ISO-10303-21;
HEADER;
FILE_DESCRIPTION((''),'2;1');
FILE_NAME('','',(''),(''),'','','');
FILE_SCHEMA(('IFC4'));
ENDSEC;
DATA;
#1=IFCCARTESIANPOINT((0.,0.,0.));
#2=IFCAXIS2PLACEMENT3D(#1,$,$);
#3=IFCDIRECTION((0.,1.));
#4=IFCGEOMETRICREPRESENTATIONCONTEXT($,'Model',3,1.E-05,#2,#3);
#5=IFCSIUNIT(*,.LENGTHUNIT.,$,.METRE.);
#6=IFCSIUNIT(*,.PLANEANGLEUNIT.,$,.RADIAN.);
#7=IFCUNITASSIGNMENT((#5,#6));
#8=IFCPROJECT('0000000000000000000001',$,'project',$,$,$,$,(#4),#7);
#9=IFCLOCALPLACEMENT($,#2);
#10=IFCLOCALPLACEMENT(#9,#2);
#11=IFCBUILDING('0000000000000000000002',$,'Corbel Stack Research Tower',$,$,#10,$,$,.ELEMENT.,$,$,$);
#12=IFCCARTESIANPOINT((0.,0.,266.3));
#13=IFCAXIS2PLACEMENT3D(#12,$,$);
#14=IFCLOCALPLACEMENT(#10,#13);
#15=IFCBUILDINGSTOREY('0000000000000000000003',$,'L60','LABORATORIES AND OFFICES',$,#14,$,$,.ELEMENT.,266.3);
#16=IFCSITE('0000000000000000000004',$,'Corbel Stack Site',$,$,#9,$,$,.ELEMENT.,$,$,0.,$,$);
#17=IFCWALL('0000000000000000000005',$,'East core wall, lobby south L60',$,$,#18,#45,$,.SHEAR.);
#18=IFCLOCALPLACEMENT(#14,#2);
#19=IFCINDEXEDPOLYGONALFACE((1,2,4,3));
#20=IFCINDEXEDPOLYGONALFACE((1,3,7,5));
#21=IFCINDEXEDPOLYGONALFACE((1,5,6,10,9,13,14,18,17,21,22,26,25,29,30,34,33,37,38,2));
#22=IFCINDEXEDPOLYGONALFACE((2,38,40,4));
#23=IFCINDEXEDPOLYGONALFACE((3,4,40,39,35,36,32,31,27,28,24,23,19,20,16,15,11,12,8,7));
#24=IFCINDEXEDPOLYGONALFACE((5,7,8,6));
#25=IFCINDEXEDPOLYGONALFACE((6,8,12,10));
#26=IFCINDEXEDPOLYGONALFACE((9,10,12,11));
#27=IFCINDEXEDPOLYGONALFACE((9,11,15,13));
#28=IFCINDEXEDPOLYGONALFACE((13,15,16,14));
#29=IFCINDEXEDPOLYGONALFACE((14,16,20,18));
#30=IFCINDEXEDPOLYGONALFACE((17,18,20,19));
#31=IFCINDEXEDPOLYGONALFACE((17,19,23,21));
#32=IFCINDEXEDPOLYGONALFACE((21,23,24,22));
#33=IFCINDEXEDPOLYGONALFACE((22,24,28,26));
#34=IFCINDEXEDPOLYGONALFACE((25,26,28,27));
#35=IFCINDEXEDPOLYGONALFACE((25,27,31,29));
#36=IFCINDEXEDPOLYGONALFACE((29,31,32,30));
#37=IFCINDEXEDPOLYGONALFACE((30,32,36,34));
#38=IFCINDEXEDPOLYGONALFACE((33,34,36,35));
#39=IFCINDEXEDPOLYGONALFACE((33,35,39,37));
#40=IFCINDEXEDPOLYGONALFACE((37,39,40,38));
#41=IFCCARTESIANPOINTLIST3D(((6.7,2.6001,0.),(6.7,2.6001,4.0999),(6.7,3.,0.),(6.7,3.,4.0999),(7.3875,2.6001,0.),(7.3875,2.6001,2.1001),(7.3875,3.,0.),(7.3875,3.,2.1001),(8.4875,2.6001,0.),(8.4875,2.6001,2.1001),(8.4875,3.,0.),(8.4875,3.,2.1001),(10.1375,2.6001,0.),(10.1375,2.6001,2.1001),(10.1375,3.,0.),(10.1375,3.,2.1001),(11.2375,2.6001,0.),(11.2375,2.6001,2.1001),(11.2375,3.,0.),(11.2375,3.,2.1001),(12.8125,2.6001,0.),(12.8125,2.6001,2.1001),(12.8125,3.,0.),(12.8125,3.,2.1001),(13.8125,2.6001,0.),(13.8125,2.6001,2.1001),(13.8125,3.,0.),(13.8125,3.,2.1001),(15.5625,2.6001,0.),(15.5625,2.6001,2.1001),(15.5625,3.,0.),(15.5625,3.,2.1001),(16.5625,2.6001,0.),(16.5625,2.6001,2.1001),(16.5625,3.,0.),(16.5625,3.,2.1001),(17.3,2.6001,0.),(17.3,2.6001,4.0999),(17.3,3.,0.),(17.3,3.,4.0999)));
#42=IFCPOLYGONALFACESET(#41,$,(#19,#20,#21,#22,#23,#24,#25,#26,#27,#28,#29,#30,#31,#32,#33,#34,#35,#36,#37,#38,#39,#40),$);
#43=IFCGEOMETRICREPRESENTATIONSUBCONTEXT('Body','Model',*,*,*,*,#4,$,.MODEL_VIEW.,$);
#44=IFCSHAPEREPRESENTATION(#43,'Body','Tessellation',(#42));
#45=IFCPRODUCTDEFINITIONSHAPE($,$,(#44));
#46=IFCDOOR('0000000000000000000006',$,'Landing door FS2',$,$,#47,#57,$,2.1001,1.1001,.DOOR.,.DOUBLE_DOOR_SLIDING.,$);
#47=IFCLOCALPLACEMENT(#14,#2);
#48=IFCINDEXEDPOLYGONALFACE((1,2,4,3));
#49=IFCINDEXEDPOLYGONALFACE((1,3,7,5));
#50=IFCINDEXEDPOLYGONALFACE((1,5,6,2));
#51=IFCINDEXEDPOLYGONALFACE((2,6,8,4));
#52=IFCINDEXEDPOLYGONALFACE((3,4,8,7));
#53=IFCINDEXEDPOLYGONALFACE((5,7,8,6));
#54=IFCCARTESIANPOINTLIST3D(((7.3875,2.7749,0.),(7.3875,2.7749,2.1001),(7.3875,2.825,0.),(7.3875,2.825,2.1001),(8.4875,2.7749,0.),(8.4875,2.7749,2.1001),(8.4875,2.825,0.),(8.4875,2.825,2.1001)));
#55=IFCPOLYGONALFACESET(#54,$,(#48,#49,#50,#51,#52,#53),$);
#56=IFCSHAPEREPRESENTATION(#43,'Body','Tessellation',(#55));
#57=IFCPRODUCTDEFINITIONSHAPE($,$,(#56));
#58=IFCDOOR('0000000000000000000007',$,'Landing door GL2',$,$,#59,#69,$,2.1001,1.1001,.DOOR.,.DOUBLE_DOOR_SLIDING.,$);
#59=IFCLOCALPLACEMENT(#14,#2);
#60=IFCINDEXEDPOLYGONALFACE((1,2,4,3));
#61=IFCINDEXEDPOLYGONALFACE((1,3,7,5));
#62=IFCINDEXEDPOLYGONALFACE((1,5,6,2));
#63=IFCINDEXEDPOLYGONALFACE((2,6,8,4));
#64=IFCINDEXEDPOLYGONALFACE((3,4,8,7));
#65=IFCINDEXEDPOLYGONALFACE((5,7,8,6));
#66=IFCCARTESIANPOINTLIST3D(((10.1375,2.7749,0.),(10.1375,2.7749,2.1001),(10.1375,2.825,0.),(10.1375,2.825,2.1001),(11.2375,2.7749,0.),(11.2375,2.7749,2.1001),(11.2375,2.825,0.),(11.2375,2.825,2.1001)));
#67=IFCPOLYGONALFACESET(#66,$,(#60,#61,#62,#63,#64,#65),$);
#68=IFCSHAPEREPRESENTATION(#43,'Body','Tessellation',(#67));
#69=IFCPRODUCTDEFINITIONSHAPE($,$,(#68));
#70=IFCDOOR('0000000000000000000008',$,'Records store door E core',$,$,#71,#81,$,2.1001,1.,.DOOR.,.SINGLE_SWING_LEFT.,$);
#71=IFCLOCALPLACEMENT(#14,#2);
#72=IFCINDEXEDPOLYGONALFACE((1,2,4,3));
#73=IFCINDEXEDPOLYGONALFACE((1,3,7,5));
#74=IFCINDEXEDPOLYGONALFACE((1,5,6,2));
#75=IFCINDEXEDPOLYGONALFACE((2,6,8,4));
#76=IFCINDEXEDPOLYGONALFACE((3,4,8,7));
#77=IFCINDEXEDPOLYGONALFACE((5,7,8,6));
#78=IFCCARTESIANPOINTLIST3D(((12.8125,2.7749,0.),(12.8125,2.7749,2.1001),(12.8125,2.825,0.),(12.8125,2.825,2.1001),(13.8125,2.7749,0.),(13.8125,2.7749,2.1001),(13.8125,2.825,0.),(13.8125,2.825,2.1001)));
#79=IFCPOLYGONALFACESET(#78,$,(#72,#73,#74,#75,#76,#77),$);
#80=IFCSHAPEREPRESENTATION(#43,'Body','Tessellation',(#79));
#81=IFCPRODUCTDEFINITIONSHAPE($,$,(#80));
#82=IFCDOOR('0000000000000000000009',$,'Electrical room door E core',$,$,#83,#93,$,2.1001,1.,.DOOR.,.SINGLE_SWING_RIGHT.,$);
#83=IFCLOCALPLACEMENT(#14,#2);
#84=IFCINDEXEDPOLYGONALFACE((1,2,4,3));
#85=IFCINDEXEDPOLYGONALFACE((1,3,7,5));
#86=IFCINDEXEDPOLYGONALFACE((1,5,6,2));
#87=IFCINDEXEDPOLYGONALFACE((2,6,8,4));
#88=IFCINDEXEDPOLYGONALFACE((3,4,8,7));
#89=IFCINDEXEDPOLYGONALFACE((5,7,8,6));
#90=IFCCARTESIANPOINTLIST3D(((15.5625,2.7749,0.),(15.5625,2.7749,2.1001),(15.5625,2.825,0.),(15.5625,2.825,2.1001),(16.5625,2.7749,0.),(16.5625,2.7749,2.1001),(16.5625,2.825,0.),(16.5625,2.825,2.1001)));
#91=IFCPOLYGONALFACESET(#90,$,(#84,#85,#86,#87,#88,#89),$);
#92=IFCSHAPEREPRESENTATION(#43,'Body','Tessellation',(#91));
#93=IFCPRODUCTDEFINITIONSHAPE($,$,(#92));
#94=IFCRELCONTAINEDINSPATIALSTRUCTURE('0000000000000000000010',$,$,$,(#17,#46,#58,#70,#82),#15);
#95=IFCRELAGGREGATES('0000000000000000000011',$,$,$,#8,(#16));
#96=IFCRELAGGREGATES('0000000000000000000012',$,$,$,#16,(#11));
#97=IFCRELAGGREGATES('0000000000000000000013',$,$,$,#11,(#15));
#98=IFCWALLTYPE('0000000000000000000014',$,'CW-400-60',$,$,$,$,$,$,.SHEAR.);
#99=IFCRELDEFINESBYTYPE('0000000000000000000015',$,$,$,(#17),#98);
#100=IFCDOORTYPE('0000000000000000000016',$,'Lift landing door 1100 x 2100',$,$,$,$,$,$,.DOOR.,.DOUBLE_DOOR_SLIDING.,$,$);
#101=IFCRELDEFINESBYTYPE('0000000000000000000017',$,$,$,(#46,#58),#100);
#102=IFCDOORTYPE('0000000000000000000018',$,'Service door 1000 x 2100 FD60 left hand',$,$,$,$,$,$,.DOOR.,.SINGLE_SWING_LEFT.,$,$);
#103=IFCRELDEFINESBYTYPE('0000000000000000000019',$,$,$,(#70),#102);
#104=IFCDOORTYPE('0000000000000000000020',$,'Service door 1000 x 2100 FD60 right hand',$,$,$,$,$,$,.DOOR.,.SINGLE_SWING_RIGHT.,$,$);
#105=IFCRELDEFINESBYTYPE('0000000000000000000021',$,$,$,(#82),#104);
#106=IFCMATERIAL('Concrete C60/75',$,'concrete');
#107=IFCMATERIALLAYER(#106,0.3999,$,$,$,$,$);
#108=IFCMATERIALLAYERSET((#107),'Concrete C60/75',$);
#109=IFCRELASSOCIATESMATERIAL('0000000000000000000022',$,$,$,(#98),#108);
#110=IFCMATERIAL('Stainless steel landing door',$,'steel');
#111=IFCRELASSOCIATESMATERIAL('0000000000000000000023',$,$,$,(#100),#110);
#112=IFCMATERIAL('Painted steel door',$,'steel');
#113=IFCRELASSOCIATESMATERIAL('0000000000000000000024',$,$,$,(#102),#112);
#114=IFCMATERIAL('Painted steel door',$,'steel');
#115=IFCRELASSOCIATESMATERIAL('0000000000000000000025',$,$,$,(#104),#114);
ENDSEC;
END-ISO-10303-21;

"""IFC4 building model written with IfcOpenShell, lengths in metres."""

from ifc_helpers import new_model, si_unit, direction, frame, frame_2d, origin, place, context, subcontext, project, spatial, rectangle, extrude, material, layer, layer_set, type_object, element, fill, save


model = new_model("IFC4")

# Units and contexts
model_context = context("Model", 3, precision=1e-05, world=origin(), true_north=direction((0.0, 1.0)))
body_context = subcontext(model_context, "Body", "Model", "MODEL_VIEW")
ifc_project = project(units=[si_unit("LENGTHUNIT", "METRE"), si_unit("PLANEANGLEUNIT", "RADIAN")], contexts=[model_context])

# Site, building, storey
site_placement = place(None, origin())
site = spatial("IfcSite", under=ifc_project, at=site_placement, Name="Corbel Stack Site", CompositionType="ELEMENT", RefElevation=0.0)
building_placement = place(site_placement, origin())
building = spatial("IfcBuilding", under=site, at=building_placement, Name="Corbel Stack Research Tower", CompositionType="ELEMENT")
storey_placement = place(building_placement, frame((0.0, 0.0, 266.3)))
storey = spatial("IfcBuildingStorey", under=building, at=storey_placement, Name="L60", Description="LABORATORIES AND OFFICES", CompositionType="ELEMENT", Elevation=266.3)

# Wall, openings, doors
ifc_material_1 = material(Name="Concrete C60/75", Category="concrete")
ifc_layer_1 = layer(ifc_material_1, 0.3999)
ifc_layer_set_1 = layer_set([ifc_layer_1], Name="Concrete C60/75")
wall_type_1 = type_object("IfcWallType", Name="CW-400-60", PredefinedType="SHEAR", material=ifc_layer_set_1)
wall_1_placement = place(storey_placement, frame((6.7, 2.8, 0.0), z_axis=(0.0, 0.0, 1.0), x_axis=(1.0, 0.0, 0.0)))
wall_1 = element("IfcWall", 1, at=wall_1_placement, inside=storey, type_object=wall_type_1, Name="East core wall, lobby south L60", PredefinedType="SHEAR", context=body_context, shape_type="SweptSolid", body=[
    extrude(rectangle(XDim=10.6001, YDim=0.3999, at=frame_2d((5.3, 0.0))), origin(), (0.0, 0.0, 1.0), 4.0999),
])
opening_1_placement = place(wall_1_placement, frame((0.6875, 0.0, 0.0)))
opening_1 = element("IfcOpeningElement", 2, at=opening_1_placement, cuts=wall_1, PredefinedType="OPENING", context=body_context, shape_type="SweptSolid", body=[
    extrude(rectangle(XDim=1.1001, YDim=2.1001, at=frame_2d((0.55, 1.05))), frame((0.0, 0.21, 0.0), z_axis=(0.0, -1.0, 0.0), x_axis=(1.0, 0.0, 0.0)), (0.0, 0.0, 1.0), 0.4199),
])
opening_2_placement = place(wall_1_placement, frame((3.4375, 0.0, 0.0)))
opening_2 = element("IfcOpeningElement", 3, at=opening_2_placement, cuts=wall_1, PredefinedType="OPENING", context=body_context, shape_type="SweptSolid", body=[
    extrude(rectangle(XDim=1.1001, YDim=2.1001, at=frame_2d((0.55, 1.05))), frame((0.0, 0.21, 0.0), z_axis=(0.0, -1.0, 0.0), x_axis=(1.0, 0.0, 0.0)), (0.0, 0.0, 1.0), 0.4199),
])
opening_3_placement = place(wall_1_placement, frame((6.1125, 0.0, 0.0)))
opening_3 = element("IfcOpeningElement", 4, at=opening_3_placement, cuts=wall_1, PredefinedType="OPENING", context=body_context, shape_type="SweptSolid", body=[
    extrude(rectangle(XDim=1.0, YDim=2.1001, at=frame_2d((0.5, 1.05))), frame((0.0, 0.21, 0.0), z_axis=(0.0, -1.0, 0.0), x_axis=(1.0, 0.0, 0.0)), (0.0, 0.0, 1.0), 0.4199),
])
opening_4_placement = place(wall_1_placement, frame((8.8625, 0.0, 0.0)))
opening_4 = element("IfcOpeningElement", 5, at=opening_4_placement, cuts=wall_1, PredefinedType="OPENING", context=body_context, shape_type="SweptSolid", body=[
    extrude(rectangle(XDim=1.0, YDim=2.1001, at=frame_2d((0.5, 1.05))), frame((0.0, 0.21, 0.0), z_axis=(0.0, -1.0, 0.0), x_axis=(1.0, 0.0, 0.0)), (0.0, 0.0, 1.0), 0.4199),
])
ifc_material_2 = material(Name="Stainless steel landing door", Category="steel")
door_type_1 = type_object("IfcDoorType", Name="Lift landing door 1100 x 2100", OperationType="DOUBLE_DOOR_SLIDING", PredefinedType="DOOR", material=ifc_material_2)
door_1_placement = place(opening_1_placement, origin())
door_1 = element("IfcDoor", 6, at=door_1_placement, inside=storey, type_object=door_type_1, Name="Landing door FS2", OperationType="DOUBLE_DOOR_SLIDING", OverallHeight=2.1001, OverallWidth=1.1001, PredefinedType="DOOR", context=body_context, shape_type="SweptSolid", body=[
    extrude(rectangle(XDim=1.1001, YDim=2.1001, at=frame_2d((0.55, 1.05))), frame((0.0, 0.0249, 0.0), z_axis=(0.0, -1.0, 0.0), x_axis=(1.0, 0.0, 0.0)), (0.0, 0.0, 1.0), 0.05),
])
fill(opening_1, door_1)
door_2_placement = place(opening_2_placement, origin())
door_2 = element("IfcDoor", 7, at=door_2_placement, inside=storey, type_object=door_type_1, Name="Landing door GL2", OperationType="DOUBLE_DOOR_SLIDING", OverallHeight=2.1001, OverallWidth=1.1001, PredefinedType="DOOR", context=body_context, shape_type="SweptSolid", body=[
    extrude(rectangle(XDim=1.1001, YDim=2.1001, at=frame_2d((0.55, 1.05))), frame((0.0, 0.0249, 0.0), z_axis=(0.0, -1.0, 0.0), x_axis=(1.0, 0.0, 0.0)), (0.0, 0.0, 1.0), 0.05),
])
fill(opening_2, door_2)
ifc_material_3 = material(Name="Painted steel door", Category="steel")
door_type_2 = type_object("IfcDoorType", Name="Service door 1000 x 2100 FD60 left hand", OperationType="SINGLE_SWING_LEFT", PredefinedType="DOOR", material=ifc_material_3)
door_3_placement = place(opening_3_placement, origin())
door_3 = element("IfcDoor", 8, at=door_3_placement, inside=storey, type_object=door_type_2, Name="Records store door E core", OperationType="SINGLE_SWING_LEFT", OverallHeight=2.1001, OverallWidth=1.0, PredefinedType="DOOR", context=body_context, shape_type="SweptSolid", body=[
    extrude(rectangle(XDim=1.0, YDim=2.1001, at=frame_2d((0.5, 1.05))), frame((0.0, 0.0249, 0.0), z_axis=(0.0, -1.0, 0.0), x_axis=(1.0, 0.0, 0.0)), (0.0, 0.0, 1.0), 0.05),
])
fill(opening_3, door_3)
ifc_material_4 = material(Name="Painted steel door", Category="steel")
door_type_3 = type_object("IfcDoorType", Name="Service door 1000 x 2100 FD60 right hand", OperationType="SINGLE_SWING_RIGHT", PredefinedType="DOOR", material=ifc_material_4)
door_4_placement = place(opening_4_placement, origin())
door_4 = element("IfcDoor", 9, at=door_4_placement, inside=storey, type_object=door_type_3, Name="Electrical room door E core", OperationType="SINGLE_SWING_RIGHT", OverallHeight=2.1001, OverallWidth=1.0, PredefinedType="DOOR", context=body_context, shape_type="SweptSolid", body=[
    extrude(rectangle(XDim=1.0, YDim=2.1001, at=frame_2d((0.5, 1.05))), frame((0.0, 0.0249, 0.0), z_axis=(0.0, -1.0, 0.0), x_axis=(1.0, 0.0, 0.0)), (0.0, 0.0, 1.0), 0.05),
])
fill(opening_4, door_4)

save(model, "model.ifc")
